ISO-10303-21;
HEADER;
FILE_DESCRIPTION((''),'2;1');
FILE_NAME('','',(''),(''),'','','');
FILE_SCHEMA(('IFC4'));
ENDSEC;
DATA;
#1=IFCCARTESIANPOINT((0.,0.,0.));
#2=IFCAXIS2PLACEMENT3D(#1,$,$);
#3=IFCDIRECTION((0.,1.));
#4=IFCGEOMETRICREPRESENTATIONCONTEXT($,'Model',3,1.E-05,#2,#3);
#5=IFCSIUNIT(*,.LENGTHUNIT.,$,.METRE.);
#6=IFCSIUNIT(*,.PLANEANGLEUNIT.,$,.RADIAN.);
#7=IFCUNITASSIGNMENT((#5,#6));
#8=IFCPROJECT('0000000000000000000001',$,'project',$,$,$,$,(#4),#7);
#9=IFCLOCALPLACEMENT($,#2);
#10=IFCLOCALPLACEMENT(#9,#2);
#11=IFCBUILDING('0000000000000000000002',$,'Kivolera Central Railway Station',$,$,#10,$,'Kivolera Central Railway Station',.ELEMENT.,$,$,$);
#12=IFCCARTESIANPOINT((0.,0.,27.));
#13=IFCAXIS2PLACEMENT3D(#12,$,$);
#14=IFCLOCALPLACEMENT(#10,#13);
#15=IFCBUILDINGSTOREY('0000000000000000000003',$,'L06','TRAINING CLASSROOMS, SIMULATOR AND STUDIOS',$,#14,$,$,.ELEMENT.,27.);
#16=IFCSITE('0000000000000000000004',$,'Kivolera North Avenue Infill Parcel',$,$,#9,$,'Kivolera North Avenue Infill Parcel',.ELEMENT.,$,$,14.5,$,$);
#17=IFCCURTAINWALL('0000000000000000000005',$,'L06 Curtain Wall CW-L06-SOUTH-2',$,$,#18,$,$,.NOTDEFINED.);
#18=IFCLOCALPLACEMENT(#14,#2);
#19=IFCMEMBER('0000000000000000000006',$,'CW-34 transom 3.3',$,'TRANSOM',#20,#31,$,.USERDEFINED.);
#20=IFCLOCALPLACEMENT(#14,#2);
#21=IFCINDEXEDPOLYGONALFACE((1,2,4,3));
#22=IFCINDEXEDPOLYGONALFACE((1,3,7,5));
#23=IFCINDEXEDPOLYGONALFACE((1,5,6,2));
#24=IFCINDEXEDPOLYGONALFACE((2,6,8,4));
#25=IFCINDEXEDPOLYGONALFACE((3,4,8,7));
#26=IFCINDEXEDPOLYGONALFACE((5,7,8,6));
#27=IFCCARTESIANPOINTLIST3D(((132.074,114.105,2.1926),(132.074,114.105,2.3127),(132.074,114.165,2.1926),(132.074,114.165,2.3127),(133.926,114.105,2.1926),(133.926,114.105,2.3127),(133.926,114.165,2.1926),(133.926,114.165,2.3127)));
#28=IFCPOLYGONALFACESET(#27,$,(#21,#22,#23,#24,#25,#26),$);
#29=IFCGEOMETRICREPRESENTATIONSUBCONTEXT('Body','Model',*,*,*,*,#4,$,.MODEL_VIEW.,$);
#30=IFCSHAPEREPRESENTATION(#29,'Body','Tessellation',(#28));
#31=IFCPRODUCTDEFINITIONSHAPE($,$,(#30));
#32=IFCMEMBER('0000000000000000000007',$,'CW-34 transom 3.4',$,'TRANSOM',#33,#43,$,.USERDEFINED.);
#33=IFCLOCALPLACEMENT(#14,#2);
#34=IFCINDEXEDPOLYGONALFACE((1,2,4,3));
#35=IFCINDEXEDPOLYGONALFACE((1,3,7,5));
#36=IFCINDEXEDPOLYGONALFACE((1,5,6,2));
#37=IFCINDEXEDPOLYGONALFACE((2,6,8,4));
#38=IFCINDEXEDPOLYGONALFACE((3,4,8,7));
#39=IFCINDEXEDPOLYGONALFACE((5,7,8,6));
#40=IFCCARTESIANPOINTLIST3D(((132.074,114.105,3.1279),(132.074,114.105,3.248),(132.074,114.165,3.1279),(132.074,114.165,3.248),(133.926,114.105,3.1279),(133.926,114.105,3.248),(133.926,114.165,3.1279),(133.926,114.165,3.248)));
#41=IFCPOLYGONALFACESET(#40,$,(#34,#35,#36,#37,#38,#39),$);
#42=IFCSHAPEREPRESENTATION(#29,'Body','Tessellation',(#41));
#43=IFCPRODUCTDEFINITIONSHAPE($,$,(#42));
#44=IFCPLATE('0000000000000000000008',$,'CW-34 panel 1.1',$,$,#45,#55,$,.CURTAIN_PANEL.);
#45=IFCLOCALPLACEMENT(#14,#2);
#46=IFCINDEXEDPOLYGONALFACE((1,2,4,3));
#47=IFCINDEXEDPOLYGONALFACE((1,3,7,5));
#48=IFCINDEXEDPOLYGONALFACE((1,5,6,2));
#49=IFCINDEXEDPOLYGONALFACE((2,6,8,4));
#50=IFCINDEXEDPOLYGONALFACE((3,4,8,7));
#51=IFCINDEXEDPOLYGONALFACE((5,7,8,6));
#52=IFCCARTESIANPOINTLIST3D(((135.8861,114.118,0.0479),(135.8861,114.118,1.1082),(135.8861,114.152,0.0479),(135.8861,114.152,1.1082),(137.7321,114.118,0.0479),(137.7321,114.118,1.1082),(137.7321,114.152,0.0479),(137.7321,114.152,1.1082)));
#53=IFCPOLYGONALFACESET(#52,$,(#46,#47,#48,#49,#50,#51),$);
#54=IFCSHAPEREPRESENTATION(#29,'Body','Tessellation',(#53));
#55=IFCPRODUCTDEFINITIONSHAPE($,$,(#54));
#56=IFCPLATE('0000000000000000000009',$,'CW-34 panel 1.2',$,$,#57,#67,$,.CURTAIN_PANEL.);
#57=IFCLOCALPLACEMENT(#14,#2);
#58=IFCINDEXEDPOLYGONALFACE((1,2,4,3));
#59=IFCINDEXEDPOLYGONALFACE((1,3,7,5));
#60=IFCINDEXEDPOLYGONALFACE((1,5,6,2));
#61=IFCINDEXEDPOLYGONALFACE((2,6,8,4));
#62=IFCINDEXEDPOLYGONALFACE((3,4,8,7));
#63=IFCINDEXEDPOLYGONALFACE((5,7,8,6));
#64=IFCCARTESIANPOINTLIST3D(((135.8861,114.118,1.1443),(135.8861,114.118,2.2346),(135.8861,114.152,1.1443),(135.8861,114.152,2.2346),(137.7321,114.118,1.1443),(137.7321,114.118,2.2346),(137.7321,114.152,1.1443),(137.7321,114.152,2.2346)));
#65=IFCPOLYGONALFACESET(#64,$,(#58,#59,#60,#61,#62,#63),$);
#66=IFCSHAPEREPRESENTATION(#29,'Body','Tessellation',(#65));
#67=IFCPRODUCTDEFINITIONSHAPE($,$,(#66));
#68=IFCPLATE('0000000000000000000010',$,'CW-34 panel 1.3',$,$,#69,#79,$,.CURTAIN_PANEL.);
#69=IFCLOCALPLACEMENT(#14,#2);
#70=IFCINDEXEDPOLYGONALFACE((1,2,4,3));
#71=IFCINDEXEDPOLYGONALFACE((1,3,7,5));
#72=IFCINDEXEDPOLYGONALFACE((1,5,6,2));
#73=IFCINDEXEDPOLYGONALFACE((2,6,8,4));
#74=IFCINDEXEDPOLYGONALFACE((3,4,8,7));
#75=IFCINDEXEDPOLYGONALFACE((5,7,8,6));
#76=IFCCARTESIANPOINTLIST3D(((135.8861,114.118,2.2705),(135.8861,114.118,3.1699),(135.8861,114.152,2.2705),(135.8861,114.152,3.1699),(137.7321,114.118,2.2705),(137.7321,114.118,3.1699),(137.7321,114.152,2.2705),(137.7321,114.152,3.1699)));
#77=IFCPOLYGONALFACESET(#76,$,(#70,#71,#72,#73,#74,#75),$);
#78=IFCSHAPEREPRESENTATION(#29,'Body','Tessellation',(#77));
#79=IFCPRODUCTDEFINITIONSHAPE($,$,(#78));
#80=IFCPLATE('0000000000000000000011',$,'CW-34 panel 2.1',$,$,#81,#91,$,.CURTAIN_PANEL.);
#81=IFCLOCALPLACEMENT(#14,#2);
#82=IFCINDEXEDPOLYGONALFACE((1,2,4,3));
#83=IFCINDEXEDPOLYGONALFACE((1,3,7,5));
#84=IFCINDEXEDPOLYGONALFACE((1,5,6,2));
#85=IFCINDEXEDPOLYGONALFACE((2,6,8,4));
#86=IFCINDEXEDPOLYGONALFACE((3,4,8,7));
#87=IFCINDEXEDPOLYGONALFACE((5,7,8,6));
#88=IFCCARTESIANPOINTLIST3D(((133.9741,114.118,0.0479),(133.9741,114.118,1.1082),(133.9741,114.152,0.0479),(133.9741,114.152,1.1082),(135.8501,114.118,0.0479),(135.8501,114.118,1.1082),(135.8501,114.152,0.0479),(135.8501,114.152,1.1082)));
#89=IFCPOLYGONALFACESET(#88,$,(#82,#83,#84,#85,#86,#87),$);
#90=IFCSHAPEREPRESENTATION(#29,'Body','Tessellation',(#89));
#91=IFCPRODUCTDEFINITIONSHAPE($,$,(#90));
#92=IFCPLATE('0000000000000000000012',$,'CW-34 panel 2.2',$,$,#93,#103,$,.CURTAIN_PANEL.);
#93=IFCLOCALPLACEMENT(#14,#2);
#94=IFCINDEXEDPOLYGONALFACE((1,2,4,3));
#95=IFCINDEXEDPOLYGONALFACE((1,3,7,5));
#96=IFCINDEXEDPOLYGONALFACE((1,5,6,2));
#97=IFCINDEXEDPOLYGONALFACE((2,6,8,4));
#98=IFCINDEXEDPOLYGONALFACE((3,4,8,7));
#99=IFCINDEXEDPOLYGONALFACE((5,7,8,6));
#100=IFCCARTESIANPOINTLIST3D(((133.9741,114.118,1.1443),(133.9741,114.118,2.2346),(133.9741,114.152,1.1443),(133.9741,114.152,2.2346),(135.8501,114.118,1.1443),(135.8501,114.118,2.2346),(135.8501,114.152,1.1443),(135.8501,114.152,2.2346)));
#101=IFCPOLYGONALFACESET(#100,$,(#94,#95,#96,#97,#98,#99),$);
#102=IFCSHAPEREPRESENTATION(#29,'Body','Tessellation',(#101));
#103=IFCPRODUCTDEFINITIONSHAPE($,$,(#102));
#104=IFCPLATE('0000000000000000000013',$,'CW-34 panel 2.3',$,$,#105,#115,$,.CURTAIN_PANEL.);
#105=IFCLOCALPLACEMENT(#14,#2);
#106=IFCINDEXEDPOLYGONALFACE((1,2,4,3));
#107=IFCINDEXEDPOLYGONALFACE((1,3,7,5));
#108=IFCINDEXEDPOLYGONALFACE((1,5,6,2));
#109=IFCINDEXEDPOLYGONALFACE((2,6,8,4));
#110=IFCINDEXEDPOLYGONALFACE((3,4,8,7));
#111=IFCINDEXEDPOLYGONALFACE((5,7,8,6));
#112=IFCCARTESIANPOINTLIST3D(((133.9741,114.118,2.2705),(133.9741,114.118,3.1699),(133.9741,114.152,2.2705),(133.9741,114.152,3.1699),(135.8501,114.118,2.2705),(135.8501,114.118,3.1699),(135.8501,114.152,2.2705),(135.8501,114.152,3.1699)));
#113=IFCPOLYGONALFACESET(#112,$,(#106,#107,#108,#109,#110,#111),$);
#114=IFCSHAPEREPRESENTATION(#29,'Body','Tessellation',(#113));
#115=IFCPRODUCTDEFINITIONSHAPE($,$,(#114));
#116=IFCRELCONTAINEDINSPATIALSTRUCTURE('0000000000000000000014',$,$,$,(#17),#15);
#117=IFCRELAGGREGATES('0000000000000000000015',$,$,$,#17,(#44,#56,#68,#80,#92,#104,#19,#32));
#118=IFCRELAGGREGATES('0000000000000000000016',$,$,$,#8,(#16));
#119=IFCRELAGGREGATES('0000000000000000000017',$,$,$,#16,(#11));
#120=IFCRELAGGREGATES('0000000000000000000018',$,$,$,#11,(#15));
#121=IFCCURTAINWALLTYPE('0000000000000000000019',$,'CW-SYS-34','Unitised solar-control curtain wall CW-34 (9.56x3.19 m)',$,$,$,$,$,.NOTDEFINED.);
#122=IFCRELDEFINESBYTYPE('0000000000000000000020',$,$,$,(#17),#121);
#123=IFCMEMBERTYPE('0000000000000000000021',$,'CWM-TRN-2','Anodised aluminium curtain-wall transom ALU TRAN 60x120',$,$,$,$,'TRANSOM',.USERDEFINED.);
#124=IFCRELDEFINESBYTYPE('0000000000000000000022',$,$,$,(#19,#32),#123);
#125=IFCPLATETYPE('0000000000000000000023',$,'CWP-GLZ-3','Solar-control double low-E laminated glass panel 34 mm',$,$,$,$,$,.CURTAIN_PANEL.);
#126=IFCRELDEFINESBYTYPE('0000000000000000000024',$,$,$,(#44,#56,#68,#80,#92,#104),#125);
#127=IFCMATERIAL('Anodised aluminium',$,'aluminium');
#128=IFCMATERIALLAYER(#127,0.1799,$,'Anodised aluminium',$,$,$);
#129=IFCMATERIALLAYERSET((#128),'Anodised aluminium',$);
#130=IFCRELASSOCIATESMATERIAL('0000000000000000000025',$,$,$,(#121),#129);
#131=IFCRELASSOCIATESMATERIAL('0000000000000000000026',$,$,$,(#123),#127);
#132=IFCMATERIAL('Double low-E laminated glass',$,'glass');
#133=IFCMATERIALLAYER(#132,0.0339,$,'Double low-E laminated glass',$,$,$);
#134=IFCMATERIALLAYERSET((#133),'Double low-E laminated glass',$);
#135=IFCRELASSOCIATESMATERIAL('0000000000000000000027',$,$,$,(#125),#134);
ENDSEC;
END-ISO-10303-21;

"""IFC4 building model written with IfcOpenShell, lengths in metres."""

from ifc_helpers import new_model, si_unit, direction, frame, origin, origin_2d, place, context, subcontext, project, spatial, rectangle, extrude, material, layer, layer_set, material_profile, profile_set, type_object, element, aggregate, save


model = new_model("IFC4")

# Units and contexts
model_context = context("Model", 3, precision=1e-05, world=origin(), true_north=direction((0.0, 1.0)))
body_context = subcontext(model_context, "Body", "Model", "MODEL_VIEW")
ifc_project = project(units=[si_unit("LENGTHUNIT", "METRE"), si_unit("PLANEANGLEUNIT", "RADIAN")], contexts=[model_context])

# Site, building, storey
site_placement = place(None, origin())
site = spatial("IfcSite", under=ifc_project, at=site_placement, Name="Kivolera North Avenue Infill Parcel", LongName="Kivolera North Avenue Infill Parcel", CompositionType="ELEMENT", RefElevation=14.5)
building_placement = place(site_placement, origin())
building = spatial("IfcBuilding", under=site, at=building_placement, Name="Kivolera Central Railway Station", LongName="Kivolera Central Railway Station", CompositionType="ELEMENT")
storey_placement = place(building_placement, frame((0.0, 0.0, 27.0)))
storey = spatial("IfcBuildingStorey", under=building, at=storey_placement, Name="L06", Description="TRAINING CLASSROOMS, SIMULATOR AND STUDIOS", CompositionType="ELEMENT", Elevation=27.0)

# Curtain wall, members, plates
ifc_material_1 = material(Name="Anodised aluminium", Category="aluminium")
ifc_layer_1 = layer(ifc_material_1, 0.1799, Name="Anodised aluminium")
ifc_layer_set_1 = layer_set([ifc_layer_1], Name="Anodised aluminium")
curtain_wall_type = type_object("IfcCurtainWallType", Name="CW-SYS-34", Description="Unitised solar-control curtain wall CW-34 (9.56x3.19 m)", PredefinedType="NOTDEFINED", material=ifc_layer_set_1)
curtain_wall_placement = place(storey_placement, origin())
curtain_wall = element("IfcCurtainWall", 1, at=curtain_wall_placement, inside=storey, type_object=curtain_wall_type, Name="L06 Curtain Wall CW-L06-SOUTH-2", PredefinedType="NOTDEFINED")
ifc_material_profile_1 = material_profile(ifc_material_1, rectangle(XDim=0.0601, YDim=0.1201, at=origin_2d()), Name="ALU TRAN 60x120")
ifc_profile_set_1 = profile_set([ifc_material_profile_1], Name="Anodised aluminium")
member_type_1 = type_object("IfcMemberType", Name="CWM-TRN-2", Description="Anodised aluminium curtain-wall transom ALU TRAN 60x120", ElementType="TRANSOM", PredefinedType="USERDEFINED", material=ifc_profile_set_1)
member_1_placement = place(storey_placement, frame((133.926, 114.135, 2.2527), z_axis=(-1.0, 0.0, 0.0), x_axis=(0.0, -1.0, 0.0)))
member_1 = element("IfcMember", 2, at=member_1_placement, type_object=member_type_1, Name="CW-34 transom 3.3", ObjectType="TRANSOM", PredefinedType="USERDEFINED", context=body_context, shape_type="SweptSolid", body=[
    extrude(rectangle(XDim=0.0601, YDim=0.1201, at=origin_2d()), origin(), (0.0, 0.0, 1.0), 1.8521),
])
member_2_placement = place(storey_placement, frame((133.926, 114.135, 3.188), z_axis=(-1.0, 0.0, 0.0), x_axis=(0.0, -1.0, 0.0)))
member_2 = element("IfcMember", 3, at=member_2_placement, type_object=member_type_1, Name="CW-34 transom 3.4", ObjectType="TRANSOM", PredefinedType="USERDEFINED", context=body_context, shape_type="SweptSolid", body=[
    extrude(rectangle(XDim=0.0601, YDim=0.1201, at=origin_2d()), origin(), (0.0, 0.0, 1.0), 1.8521),
])
ifc_material_2 = material(Name="Double low-E laminated glass", Category="glass")
ifc_layer_2 = layer(ifc_material_2, 0.0339, Name="Double low-E laminated glass")
ifc_layer_set_2 = layer_set([ifc_layer_2], Name="Double low-E laminated glass")
plate_type = type_object("IfcPlateType", Name="CWP-GLZ-3", Description="Solar-control double low-E laminated glass panel 34 mm", PredefinedType="CURTAIN_PANEL", material=ifc_layer_set_2)
plate_1_placement = place(storey_placement, frame((136.8091, 114.135, 0.0479), z_axis=(0.0, 0.0, 1.0), x_axis=(-1.0, 0.0, 0.0)))
plate_1 = element("IfcPlate", 4, at=plate_1_placement, type_object=plate_type, Name="CW-34 panel 1.1", PredefinedType="CURTAIN_PANEL", context=body_context, shape_type="SweptSolid", body=[
    extrude(rectangle(XDim=1.8459, YDim=0.0339, at=origin_2d()), origin(), (0.0, 0.0, 1.0), 1.0603),
])
plate_2_placement = place(storey_placement, frame((136.8091, 114.135, 1.1443), z_axis=(0.0, 0.0, 1.0), x_axis=(-1.0, 0.0, 0.0)))
plate_2 = element("IfcPlate", 5, at=plate_2_placement, type_object=plate_type, Name="CW-34 panel 1.2", PredefinedType="CURTAIN_PANEL", context=body_context, shape_type="SweptSolid", body=[
    extrude(rectangle(XDim=1.8459, YDim=0.0339, at=origin_2d()), origin(), (0.0, 0.0, 1.0), 1.0903),
])
plate_3_placement = place(storey_placement, frame((136.8091, 114.135, 2.2705), z_axis=(0.0, 0.0, 1.0), x_axis=(-1.0, 0.0, 0.0)))
plate_3 = element("IfcPlate", 6, at=plate_3_placement, type_object=plate_type, Name="CW-34 panel 1.3", PredefinedType="CURTAIN_PANEL", context=body_context, shape_type="SweptSolid", body=[
    extrude(rectangle(XDim=1.8459, YDim=0.0339, at=origin_2d()), origin(), (0.0, 0.0, 1.0), 0.8994),
])
plate_4_placement = place(storey_placement, frame((134.9121, 114.135, 0.0479), z_axis=(0.0, 0.0, 1.0), x_axis=(-1.0, 0.0, 0.0)))
plate_4 = element("IfcPlate", 7, at=plate_4_placement, type_object=plate_type, Name="CW-34 panel 2.1", PredefinedType="CURTAIN_PANEL", context=body_context, shape_type="SweptSolid", body=[
    extrude(rectangle(XDim=1.876, YDim=0.0339, at=origin_2d()), origin(), (0.0, 0.0, 1.0), 1.0603),
])
plate_5_placement = place(storey_placement, frame((134.9121, 114.135, 1.1443), z_axis=(0.0, 0.0, 1.0), x_axis=(-1.0, 0.0, 0.0)))
plate_5 = element("IfcPlate", 8, at=plate_5_placement, type_object=plate_type, Name="CW-34 panel 2.2", PredefinedType="CURTAIN_PANEL", context=body_context, shape_type="SweptSolid", body=[
    extrude(rectangle(XDim=1.876, YDim=0.0339, at=origin_2d()), origin(), (0.0, 0.0, 1.0), 1.0903),
])
plate_6_placement = place(storey_placement, frame((134.9121, 114.135, 2.2705), z_axis=(0.0, 0.0, 1.0), x_axis=(-1.0, 0.0, 0.0)))
plate_6 = element("IfcPlate", 9, at=plate_6_placement, type_object=plate_type, Name="CW-34 panel 2.3", PredefinedType="CURTAIN_PANEL", context=body_context, shape_type="SweptSolid", body=[
    extrude(rectangle(XDim=1.876, YDim=0.0339, at=origin_2d()), origin(), (0.0, 0.0, 1.0), 0.8994),
])
aggregate(curtain_wall, [plate_1, plate_2, plate_3, plate_4, plate_5, plate_6, member_1, member_2])

save(model, "model.ifc")
